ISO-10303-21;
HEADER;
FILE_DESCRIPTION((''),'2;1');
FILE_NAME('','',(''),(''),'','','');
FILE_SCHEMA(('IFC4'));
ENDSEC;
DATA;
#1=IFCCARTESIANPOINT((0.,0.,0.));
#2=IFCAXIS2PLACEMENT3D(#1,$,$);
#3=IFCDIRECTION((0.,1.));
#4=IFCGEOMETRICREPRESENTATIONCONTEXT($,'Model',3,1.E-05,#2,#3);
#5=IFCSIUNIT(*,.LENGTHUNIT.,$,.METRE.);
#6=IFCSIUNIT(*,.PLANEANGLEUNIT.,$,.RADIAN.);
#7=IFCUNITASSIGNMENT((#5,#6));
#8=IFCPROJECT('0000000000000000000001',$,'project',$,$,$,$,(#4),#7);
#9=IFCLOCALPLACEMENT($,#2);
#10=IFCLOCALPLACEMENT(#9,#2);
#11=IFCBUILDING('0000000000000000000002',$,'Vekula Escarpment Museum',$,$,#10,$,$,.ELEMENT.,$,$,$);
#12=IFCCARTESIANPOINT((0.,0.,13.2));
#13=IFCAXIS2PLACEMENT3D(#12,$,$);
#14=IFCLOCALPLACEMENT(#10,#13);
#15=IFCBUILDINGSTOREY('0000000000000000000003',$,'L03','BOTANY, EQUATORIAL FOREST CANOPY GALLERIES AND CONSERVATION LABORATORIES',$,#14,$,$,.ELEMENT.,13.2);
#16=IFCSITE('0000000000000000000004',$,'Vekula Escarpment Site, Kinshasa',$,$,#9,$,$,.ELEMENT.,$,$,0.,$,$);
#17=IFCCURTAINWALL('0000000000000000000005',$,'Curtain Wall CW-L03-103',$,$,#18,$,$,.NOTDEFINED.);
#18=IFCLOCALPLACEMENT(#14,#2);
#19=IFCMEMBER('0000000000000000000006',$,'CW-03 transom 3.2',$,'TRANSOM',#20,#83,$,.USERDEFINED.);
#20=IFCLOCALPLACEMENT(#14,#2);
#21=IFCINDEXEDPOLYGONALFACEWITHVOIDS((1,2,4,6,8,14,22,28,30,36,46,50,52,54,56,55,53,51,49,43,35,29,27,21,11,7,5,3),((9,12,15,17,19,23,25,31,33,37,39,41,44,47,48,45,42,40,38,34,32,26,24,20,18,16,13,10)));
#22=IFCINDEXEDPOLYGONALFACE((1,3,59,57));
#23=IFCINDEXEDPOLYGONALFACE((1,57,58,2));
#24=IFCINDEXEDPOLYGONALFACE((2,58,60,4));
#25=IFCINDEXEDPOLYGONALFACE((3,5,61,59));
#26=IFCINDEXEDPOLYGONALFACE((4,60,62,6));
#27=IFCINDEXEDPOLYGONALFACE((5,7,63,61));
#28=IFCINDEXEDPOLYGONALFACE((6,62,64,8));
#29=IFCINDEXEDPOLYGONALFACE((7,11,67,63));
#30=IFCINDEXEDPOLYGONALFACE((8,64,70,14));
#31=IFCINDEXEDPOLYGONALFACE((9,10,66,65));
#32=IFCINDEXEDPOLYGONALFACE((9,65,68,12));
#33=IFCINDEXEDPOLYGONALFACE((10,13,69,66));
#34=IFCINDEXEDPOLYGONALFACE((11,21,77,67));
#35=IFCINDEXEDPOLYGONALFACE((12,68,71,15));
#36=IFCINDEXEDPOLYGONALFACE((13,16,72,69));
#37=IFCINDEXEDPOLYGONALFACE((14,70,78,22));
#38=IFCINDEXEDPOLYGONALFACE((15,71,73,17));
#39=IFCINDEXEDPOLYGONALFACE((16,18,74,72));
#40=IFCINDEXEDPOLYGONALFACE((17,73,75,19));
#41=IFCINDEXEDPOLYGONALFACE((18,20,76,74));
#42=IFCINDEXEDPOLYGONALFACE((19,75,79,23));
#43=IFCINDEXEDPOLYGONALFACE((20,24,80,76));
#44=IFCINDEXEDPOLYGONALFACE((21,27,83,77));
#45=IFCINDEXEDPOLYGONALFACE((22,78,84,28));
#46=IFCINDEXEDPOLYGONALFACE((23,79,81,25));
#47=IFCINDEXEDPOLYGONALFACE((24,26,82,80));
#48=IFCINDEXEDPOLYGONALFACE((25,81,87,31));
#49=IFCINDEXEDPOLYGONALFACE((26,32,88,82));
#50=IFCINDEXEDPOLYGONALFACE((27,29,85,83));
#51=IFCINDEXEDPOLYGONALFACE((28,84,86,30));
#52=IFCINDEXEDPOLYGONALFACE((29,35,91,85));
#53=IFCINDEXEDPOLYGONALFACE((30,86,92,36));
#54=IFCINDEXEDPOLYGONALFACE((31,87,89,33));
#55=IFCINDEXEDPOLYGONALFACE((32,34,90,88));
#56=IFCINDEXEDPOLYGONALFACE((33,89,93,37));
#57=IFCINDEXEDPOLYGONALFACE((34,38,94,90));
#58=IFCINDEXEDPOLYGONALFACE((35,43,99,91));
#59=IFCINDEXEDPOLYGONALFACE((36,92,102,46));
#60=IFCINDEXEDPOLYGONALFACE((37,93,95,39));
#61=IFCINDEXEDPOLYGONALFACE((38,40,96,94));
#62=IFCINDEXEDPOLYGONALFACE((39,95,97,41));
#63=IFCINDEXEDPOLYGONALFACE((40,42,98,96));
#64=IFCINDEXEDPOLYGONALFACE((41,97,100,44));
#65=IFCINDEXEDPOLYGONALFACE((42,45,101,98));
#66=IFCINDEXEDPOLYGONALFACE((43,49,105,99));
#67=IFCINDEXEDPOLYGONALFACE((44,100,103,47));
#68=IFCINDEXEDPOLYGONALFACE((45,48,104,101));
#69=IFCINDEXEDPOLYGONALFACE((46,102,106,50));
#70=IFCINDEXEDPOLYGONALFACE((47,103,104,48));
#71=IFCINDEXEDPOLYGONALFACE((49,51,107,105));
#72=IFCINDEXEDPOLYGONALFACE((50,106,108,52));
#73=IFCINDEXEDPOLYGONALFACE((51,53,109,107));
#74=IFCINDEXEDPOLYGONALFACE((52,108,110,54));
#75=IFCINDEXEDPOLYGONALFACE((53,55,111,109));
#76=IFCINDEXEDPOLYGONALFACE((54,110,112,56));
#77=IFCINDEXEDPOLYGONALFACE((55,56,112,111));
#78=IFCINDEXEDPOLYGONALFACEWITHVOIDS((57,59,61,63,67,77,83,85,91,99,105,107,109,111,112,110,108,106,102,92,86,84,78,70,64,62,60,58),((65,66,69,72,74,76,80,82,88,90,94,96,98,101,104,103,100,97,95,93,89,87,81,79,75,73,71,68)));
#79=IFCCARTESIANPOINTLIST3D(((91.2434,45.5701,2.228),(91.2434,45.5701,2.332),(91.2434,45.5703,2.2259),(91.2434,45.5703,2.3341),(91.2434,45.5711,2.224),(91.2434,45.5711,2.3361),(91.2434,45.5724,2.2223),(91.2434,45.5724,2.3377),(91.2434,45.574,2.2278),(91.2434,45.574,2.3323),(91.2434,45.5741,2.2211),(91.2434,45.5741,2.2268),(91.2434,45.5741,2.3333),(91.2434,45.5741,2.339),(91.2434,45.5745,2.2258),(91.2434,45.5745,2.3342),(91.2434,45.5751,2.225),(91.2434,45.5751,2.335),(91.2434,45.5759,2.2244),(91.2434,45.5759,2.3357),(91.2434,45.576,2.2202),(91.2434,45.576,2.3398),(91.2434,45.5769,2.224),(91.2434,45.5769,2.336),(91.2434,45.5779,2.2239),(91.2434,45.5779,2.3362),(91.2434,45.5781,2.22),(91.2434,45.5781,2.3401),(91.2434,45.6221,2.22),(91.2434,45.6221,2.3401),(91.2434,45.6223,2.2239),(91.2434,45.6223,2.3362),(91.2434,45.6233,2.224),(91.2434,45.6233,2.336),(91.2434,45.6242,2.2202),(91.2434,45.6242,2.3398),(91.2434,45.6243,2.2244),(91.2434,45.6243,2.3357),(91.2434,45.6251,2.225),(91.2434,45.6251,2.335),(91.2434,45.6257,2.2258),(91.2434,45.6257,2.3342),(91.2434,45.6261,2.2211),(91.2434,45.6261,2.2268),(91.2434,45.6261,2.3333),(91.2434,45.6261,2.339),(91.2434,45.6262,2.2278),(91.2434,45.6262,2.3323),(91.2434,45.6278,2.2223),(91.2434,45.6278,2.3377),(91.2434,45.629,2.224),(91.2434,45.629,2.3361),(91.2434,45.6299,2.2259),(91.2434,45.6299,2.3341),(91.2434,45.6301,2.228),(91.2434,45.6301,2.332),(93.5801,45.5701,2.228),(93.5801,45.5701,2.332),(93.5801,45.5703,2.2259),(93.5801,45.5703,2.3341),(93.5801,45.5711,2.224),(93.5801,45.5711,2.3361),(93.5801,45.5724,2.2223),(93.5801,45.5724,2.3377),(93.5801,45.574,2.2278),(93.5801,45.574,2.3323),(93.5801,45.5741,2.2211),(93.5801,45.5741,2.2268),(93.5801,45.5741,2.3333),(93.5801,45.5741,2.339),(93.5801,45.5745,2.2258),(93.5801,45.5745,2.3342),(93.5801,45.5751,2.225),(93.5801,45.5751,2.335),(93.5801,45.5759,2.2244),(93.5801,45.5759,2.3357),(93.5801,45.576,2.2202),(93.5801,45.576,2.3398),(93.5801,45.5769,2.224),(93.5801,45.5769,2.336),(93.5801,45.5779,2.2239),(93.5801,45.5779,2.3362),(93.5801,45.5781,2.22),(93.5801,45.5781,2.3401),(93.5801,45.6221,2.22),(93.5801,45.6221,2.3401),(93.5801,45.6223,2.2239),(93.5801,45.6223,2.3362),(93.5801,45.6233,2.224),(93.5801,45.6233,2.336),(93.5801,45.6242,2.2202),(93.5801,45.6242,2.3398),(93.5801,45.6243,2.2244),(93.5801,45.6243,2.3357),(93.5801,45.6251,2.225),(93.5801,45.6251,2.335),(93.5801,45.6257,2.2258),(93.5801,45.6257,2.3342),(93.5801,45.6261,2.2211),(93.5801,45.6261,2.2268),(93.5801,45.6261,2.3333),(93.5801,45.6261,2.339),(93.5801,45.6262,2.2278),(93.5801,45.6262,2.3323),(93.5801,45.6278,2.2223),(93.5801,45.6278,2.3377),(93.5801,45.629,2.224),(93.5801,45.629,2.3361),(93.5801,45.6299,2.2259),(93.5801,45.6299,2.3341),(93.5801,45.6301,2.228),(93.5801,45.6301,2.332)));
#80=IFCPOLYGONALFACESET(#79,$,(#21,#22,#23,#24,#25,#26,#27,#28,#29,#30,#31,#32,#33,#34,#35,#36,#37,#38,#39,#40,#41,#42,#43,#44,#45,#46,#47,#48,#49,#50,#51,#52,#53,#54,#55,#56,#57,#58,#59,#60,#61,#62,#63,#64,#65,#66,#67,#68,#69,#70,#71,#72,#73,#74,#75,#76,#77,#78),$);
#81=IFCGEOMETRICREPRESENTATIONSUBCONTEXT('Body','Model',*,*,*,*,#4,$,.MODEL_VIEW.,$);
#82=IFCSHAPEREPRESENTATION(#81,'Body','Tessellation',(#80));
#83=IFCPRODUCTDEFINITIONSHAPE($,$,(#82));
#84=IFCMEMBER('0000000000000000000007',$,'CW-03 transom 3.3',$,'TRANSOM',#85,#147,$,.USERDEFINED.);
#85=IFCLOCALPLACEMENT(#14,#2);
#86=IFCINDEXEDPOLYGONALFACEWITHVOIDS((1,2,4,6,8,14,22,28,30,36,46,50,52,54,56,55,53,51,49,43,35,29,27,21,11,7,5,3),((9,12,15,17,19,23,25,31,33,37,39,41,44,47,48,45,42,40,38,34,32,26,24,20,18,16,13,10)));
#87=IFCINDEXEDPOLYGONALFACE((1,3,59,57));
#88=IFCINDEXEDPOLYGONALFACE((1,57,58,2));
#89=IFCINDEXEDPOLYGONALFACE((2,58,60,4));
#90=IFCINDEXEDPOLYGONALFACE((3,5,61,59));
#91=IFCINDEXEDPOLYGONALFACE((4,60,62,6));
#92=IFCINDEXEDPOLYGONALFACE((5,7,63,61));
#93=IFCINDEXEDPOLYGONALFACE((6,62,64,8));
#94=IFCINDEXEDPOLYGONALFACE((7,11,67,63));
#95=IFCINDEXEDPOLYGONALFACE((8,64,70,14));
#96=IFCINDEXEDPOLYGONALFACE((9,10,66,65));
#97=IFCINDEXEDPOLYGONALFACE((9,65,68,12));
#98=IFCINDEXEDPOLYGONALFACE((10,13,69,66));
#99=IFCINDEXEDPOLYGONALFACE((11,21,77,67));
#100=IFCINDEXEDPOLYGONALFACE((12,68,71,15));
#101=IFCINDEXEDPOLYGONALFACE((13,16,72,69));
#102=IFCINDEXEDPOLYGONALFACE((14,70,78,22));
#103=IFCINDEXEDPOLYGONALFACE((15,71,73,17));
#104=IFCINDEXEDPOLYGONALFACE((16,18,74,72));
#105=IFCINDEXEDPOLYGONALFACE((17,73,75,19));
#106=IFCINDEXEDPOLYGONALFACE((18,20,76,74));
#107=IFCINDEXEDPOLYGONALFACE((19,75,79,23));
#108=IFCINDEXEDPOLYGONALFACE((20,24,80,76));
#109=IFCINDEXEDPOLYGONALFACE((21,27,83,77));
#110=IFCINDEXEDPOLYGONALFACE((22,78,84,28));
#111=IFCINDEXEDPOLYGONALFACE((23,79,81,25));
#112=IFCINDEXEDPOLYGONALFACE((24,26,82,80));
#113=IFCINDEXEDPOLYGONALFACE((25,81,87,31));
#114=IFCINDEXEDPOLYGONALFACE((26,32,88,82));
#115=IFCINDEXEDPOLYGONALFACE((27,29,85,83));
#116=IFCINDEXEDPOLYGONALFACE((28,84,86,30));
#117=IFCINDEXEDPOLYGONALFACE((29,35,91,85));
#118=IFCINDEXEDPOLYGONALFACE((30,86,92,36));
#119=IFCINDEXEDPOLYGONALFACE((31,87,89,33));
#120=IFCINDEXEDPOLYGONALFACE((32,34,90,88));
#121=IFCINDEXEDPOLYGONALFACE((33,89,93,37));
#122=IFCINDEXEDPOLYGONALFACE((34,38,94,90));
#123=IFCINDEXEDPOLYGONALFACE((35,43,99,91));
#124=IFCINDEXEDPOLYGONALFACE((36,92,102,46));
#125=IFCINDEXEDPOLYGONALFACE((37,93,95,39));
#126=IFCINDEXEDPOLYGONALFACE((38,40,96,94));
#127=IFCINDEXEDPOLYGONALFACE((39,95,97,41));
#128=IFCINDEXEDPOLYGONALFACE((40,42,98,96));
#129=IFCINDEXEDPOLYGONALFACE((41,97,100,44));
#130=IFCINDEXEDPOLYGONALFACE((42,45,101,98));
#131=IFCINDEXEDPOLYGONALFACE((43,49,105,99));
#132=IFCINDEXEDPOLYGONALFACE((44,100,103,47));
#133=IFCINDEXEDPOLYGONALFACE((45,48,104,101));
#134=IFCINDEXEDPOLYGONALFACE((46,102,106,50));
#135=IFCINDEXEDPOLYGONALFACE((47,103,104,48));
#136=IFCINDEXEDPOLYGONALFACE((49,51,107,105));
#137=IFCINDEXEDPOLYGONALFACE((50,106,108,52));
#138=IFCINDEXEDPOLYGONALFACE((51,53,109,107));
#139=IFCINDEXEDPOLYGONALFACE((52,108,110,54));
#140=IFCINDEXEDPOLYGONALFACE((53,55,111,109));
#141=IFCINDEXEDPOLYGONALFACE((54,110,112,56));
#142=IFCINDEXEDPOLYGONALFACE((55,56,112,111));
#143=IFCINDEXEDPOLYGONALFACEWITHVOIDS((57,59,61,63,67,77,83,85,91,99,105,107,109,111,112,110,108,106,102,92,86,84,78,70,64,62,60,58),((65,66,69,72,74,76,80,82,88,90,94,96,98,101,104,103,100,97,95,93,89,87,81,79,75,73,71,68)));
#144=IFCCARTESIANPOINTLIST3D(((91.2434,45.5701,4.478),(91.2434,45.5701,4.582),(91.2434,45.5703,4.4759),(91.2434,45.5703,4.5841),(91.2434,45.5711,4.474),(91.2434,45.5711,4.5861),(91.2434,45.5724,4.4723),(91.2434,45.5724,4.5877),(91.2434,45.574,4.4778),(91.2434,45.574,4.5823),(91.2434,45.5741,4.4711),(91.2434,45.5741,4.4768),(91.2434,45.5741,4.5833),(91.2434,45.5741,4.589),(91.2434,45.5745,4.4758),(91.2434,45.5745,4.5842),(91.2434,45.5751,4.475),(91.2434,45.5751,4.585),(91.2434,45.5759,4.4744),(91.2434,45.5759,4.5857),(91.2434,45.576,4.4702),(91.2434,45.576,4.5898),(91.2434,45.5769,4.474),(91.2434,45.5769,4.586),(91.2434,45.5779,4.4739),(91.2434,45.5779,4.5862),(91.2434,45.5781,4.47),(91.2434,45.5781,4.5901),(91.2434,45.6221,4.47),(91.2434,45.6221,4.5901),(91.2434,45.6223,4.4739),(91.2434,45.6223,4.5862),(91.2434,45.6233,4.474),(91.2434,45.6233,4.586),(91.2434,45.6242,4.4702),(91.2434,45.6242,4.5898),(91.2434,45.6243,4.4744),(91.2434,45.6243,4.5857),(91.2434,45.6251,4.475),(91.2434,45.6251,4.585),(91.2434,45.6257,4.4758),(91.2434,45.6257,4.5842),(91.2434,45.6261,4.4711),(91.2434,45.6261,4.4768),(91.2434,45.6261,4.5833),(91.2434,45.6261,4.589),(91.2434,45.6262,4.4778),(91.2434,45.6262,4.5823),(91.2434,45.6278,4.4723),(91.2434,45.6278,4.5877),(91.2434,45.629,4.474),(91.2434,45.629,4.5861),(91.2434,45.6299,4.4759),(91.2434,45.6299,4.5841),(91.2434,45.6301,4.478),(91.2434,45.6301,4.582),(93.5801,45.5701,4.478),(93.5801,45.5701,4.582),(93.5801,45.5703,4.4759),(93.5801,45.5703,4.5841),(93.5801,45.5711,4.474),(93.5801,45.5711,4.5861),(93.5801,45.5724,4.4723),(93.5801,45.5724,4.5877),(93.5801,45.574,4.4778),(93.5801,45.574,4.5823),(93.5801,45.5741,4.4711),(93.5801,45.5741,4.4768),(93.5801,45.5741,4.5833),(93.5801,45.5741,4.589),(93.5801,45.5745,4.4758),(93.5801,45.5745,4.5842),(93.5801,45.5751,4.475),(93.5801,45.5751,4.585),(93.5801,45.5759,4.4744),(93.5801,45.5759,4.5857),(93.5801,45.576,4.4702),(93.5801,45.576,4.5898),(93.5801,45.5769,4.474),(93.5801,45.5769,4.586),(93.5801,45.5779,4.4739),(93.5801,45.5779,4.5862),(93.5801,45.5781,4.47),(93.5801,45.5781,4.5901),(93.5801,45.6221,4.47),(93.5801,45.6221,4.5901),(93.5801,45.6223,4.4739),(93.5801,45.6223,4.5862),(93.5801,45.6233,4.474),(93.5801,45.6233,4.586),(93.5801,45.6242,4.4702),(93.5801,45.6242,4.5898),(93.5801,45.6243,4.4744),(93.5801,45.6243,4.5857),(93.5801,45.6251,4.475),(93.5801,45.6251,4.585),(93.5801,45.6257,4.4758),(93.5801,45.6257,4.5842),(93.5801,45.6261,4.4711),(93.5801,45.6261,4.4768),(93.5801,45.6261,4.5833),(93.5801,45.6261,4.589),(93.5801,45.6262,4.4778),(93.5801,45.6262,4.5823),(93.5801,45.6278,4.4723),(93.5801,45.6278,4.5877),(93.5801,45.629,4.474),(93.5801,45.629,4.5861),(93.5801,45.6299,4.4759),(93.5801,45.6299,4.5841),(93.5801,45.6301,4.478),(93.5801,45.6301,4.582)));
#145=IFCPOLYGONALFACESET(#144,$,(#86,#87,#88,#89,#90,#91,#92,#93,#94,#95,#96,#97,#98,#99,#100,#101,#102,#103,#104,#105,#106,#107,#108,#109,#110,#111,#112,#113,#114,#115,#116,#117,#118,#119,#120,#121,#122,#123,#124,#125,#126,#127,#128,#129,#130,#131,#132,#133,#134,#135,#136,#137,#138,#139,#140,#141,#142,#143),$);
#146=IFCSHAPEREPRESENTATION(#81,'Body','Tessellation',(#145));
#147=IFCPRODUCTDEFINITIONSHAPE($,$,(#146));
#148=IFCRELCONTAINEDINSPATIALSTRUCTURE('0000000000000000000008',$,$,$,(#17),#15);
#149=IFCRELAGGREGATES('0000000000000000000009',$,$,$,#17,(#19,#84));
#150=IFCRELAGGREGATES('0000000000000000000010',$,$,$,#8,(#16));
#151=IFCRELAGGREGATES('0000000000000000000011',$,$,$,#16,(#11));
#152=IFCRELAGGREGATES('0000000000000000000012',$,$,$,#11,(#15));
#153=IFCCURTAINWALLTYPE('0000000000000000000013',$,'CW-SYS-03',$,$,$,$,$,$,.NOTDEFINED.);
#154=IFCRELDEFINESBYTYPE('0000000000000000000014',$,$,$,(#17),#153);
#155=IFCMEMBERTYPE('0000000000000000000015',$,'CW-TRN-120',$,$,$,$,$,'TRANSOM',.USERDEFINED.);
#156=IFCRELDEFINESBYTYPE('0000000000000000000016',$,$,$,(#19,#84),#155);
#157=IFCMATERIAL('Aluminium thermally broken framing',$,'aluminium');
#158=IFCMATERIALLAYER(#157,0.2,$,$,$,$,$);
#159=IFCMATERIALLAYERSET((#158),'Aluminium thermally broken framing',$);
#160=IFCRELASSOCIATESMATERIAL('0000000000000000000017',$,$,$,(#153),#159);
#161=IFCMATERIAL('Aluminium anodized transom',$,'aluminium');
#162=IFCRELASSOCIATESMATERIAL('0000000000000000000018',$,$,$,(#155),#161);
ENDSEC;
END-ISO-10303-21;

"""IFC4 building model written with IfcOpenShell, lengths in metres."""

from ifc_helpers import new_model, si_unit, direction, frame, origin, origin_2d, place, context, subcontext, project, spatial, hollow_rectangle, extrude, material, layer, layer_set, material_profile, profile_set, type_object, element, aggregate, save


model = new_model("IFC4")

# Units and contexts
model_context = context("Model", 3, precision=1e-05, world=origin(), true_north=direction((0.0, 1.0)))
body_context = subcontext(model_context, "Body", "Model", "MODEL_VIEW")
ifc_project = project(units=[si_unit("LENGTHUNIT", "METRE"), si_unit("PLANEANGLEUNIT", "RADIAN")], contexts=[model_context])

# Site, building, storey
site_placement = place(None, origin())
site = spatial("IfcSite", under=ifc_project, at=site_placement, Name="Vekula Escarpment Site, Kinshasa", CompositionType="ELEMENT", RefElevation=0.0)
building_placement = place(site_placement, origin())
building = spatial("IfcBuilding", under=site, at=building_placement, Name="Vekula Escarpment Museum", CompositionType="ELEMENT")
storey_placement = place(building_placement, frame((0.0, 0.0, 13.2)))
storey = spatial("IfcBuildingStorey", under=building, at=storey_placement, Name="L03", Description="BOTANY, EQUATORIAL FOREST CANOPY GALLERIES AND CONSERVATION LABORATORIES", CompositionType="ELEMENT", Elevation=13.2)

# Curtain wall
ifc_material_1 = material(Name="Aluminium thermally broken framing", Category="aluminium")
ifc_layer_1 = layer(ifc_material_1, 0.2)
ifc_layer_set_1 = layer_set([ifc_layer_1], Name="Aluminium thermally broken framing")
curtain_wall_type_1 = type_object("IfcCurtainWallType", Name="CW-SYS-03", PredefinedType="NOTDEFINED", material=ifc_layer_set_1)
curtain_wall_1_placement = place(storey_placement, origin())
curtain_wall_1 = element("IfcCurtainWall", 1, at=curtain_wall_1_placement, inside=storey, type_object=curtain_wall_type_1, Name="Curtain Wall CW-L03-103", PredefinedType="NOTDEFINED")

# Members
ifc_material_2 = material(Name="Aluminium anodized transom", Category="aluminium")
ifc_material_profile_1 = material_profile(ifc_material_2, hollow_rectangle(XDim=0.0601, YDim=0.1201, WallThickness=0.0039, InnerFilletRadius=0.0039, OuterFilletRadius=0.0081, at=origin_2d()), Name="ALU 120x60x4")
ifc_profile_set_1 = profile_set([ifc_material_profile_1], Name="Aluminium anodized transom")
member_type_1 = type_object("IfcMemberType", Name="CW-TRN-120", ElementType="TRANSOM", PredefinedType="USERDEFINED", material=ifc_profile_set_1)
member_1_placement = place(storey_placement, frame((91.2434, 45.6001, 2.28), z_axis=(1.0, 0.0, 0.0), x_axis=(0.0, 1.0, 0.0)))
member_1 = element("IfcMember", 2, at=member_1_placement, type_object=member_type_1, Name="CW-03 transom 3.2", ObjectType="TRANSOM", PredefinedType="USERDEFINED", context=body_context, shape_type="SweptSolid", body=[
    extrude(hollow_rectangle(XDim=0.0601, YDim=0.1201, WallThickness=0.0039, InnerFilletRadius=0.0039, OuterFilletRadius=0.0081, at=origin_2d()), origin(), (0.0, 0.0, 1.0), 2.3367),
])
member_2_placement = place(storey_placement, frame((91.2434, 45.6001, 4.53), z_axis=(1.0, 0.0, 0.0), x_axis=(0.0, 1.0, 0.0)))
member_2 = element("IfcMember", 3, at=member_2_placement, type_object=member_type_1, Name="CW-03 transom 3.3", ObjectType="TRANSOM", PredefinedType="USERDEFINED", context=body_context, shape_type="SweptSolid", body=[
    extrude(hollow_rectangle(XDim=0.0601, YDim=0.1201, WallThickness=0.0039, InnerFilletRadius=0.0039, OuterFilletRadius=0.0081, at=origin_2d()), origin(), (0.0, 0.0, 1.0), 2.3367),
])

aggregate(curtain_wall_1, [member_1, member_2])

save(model, "model.ifc")
